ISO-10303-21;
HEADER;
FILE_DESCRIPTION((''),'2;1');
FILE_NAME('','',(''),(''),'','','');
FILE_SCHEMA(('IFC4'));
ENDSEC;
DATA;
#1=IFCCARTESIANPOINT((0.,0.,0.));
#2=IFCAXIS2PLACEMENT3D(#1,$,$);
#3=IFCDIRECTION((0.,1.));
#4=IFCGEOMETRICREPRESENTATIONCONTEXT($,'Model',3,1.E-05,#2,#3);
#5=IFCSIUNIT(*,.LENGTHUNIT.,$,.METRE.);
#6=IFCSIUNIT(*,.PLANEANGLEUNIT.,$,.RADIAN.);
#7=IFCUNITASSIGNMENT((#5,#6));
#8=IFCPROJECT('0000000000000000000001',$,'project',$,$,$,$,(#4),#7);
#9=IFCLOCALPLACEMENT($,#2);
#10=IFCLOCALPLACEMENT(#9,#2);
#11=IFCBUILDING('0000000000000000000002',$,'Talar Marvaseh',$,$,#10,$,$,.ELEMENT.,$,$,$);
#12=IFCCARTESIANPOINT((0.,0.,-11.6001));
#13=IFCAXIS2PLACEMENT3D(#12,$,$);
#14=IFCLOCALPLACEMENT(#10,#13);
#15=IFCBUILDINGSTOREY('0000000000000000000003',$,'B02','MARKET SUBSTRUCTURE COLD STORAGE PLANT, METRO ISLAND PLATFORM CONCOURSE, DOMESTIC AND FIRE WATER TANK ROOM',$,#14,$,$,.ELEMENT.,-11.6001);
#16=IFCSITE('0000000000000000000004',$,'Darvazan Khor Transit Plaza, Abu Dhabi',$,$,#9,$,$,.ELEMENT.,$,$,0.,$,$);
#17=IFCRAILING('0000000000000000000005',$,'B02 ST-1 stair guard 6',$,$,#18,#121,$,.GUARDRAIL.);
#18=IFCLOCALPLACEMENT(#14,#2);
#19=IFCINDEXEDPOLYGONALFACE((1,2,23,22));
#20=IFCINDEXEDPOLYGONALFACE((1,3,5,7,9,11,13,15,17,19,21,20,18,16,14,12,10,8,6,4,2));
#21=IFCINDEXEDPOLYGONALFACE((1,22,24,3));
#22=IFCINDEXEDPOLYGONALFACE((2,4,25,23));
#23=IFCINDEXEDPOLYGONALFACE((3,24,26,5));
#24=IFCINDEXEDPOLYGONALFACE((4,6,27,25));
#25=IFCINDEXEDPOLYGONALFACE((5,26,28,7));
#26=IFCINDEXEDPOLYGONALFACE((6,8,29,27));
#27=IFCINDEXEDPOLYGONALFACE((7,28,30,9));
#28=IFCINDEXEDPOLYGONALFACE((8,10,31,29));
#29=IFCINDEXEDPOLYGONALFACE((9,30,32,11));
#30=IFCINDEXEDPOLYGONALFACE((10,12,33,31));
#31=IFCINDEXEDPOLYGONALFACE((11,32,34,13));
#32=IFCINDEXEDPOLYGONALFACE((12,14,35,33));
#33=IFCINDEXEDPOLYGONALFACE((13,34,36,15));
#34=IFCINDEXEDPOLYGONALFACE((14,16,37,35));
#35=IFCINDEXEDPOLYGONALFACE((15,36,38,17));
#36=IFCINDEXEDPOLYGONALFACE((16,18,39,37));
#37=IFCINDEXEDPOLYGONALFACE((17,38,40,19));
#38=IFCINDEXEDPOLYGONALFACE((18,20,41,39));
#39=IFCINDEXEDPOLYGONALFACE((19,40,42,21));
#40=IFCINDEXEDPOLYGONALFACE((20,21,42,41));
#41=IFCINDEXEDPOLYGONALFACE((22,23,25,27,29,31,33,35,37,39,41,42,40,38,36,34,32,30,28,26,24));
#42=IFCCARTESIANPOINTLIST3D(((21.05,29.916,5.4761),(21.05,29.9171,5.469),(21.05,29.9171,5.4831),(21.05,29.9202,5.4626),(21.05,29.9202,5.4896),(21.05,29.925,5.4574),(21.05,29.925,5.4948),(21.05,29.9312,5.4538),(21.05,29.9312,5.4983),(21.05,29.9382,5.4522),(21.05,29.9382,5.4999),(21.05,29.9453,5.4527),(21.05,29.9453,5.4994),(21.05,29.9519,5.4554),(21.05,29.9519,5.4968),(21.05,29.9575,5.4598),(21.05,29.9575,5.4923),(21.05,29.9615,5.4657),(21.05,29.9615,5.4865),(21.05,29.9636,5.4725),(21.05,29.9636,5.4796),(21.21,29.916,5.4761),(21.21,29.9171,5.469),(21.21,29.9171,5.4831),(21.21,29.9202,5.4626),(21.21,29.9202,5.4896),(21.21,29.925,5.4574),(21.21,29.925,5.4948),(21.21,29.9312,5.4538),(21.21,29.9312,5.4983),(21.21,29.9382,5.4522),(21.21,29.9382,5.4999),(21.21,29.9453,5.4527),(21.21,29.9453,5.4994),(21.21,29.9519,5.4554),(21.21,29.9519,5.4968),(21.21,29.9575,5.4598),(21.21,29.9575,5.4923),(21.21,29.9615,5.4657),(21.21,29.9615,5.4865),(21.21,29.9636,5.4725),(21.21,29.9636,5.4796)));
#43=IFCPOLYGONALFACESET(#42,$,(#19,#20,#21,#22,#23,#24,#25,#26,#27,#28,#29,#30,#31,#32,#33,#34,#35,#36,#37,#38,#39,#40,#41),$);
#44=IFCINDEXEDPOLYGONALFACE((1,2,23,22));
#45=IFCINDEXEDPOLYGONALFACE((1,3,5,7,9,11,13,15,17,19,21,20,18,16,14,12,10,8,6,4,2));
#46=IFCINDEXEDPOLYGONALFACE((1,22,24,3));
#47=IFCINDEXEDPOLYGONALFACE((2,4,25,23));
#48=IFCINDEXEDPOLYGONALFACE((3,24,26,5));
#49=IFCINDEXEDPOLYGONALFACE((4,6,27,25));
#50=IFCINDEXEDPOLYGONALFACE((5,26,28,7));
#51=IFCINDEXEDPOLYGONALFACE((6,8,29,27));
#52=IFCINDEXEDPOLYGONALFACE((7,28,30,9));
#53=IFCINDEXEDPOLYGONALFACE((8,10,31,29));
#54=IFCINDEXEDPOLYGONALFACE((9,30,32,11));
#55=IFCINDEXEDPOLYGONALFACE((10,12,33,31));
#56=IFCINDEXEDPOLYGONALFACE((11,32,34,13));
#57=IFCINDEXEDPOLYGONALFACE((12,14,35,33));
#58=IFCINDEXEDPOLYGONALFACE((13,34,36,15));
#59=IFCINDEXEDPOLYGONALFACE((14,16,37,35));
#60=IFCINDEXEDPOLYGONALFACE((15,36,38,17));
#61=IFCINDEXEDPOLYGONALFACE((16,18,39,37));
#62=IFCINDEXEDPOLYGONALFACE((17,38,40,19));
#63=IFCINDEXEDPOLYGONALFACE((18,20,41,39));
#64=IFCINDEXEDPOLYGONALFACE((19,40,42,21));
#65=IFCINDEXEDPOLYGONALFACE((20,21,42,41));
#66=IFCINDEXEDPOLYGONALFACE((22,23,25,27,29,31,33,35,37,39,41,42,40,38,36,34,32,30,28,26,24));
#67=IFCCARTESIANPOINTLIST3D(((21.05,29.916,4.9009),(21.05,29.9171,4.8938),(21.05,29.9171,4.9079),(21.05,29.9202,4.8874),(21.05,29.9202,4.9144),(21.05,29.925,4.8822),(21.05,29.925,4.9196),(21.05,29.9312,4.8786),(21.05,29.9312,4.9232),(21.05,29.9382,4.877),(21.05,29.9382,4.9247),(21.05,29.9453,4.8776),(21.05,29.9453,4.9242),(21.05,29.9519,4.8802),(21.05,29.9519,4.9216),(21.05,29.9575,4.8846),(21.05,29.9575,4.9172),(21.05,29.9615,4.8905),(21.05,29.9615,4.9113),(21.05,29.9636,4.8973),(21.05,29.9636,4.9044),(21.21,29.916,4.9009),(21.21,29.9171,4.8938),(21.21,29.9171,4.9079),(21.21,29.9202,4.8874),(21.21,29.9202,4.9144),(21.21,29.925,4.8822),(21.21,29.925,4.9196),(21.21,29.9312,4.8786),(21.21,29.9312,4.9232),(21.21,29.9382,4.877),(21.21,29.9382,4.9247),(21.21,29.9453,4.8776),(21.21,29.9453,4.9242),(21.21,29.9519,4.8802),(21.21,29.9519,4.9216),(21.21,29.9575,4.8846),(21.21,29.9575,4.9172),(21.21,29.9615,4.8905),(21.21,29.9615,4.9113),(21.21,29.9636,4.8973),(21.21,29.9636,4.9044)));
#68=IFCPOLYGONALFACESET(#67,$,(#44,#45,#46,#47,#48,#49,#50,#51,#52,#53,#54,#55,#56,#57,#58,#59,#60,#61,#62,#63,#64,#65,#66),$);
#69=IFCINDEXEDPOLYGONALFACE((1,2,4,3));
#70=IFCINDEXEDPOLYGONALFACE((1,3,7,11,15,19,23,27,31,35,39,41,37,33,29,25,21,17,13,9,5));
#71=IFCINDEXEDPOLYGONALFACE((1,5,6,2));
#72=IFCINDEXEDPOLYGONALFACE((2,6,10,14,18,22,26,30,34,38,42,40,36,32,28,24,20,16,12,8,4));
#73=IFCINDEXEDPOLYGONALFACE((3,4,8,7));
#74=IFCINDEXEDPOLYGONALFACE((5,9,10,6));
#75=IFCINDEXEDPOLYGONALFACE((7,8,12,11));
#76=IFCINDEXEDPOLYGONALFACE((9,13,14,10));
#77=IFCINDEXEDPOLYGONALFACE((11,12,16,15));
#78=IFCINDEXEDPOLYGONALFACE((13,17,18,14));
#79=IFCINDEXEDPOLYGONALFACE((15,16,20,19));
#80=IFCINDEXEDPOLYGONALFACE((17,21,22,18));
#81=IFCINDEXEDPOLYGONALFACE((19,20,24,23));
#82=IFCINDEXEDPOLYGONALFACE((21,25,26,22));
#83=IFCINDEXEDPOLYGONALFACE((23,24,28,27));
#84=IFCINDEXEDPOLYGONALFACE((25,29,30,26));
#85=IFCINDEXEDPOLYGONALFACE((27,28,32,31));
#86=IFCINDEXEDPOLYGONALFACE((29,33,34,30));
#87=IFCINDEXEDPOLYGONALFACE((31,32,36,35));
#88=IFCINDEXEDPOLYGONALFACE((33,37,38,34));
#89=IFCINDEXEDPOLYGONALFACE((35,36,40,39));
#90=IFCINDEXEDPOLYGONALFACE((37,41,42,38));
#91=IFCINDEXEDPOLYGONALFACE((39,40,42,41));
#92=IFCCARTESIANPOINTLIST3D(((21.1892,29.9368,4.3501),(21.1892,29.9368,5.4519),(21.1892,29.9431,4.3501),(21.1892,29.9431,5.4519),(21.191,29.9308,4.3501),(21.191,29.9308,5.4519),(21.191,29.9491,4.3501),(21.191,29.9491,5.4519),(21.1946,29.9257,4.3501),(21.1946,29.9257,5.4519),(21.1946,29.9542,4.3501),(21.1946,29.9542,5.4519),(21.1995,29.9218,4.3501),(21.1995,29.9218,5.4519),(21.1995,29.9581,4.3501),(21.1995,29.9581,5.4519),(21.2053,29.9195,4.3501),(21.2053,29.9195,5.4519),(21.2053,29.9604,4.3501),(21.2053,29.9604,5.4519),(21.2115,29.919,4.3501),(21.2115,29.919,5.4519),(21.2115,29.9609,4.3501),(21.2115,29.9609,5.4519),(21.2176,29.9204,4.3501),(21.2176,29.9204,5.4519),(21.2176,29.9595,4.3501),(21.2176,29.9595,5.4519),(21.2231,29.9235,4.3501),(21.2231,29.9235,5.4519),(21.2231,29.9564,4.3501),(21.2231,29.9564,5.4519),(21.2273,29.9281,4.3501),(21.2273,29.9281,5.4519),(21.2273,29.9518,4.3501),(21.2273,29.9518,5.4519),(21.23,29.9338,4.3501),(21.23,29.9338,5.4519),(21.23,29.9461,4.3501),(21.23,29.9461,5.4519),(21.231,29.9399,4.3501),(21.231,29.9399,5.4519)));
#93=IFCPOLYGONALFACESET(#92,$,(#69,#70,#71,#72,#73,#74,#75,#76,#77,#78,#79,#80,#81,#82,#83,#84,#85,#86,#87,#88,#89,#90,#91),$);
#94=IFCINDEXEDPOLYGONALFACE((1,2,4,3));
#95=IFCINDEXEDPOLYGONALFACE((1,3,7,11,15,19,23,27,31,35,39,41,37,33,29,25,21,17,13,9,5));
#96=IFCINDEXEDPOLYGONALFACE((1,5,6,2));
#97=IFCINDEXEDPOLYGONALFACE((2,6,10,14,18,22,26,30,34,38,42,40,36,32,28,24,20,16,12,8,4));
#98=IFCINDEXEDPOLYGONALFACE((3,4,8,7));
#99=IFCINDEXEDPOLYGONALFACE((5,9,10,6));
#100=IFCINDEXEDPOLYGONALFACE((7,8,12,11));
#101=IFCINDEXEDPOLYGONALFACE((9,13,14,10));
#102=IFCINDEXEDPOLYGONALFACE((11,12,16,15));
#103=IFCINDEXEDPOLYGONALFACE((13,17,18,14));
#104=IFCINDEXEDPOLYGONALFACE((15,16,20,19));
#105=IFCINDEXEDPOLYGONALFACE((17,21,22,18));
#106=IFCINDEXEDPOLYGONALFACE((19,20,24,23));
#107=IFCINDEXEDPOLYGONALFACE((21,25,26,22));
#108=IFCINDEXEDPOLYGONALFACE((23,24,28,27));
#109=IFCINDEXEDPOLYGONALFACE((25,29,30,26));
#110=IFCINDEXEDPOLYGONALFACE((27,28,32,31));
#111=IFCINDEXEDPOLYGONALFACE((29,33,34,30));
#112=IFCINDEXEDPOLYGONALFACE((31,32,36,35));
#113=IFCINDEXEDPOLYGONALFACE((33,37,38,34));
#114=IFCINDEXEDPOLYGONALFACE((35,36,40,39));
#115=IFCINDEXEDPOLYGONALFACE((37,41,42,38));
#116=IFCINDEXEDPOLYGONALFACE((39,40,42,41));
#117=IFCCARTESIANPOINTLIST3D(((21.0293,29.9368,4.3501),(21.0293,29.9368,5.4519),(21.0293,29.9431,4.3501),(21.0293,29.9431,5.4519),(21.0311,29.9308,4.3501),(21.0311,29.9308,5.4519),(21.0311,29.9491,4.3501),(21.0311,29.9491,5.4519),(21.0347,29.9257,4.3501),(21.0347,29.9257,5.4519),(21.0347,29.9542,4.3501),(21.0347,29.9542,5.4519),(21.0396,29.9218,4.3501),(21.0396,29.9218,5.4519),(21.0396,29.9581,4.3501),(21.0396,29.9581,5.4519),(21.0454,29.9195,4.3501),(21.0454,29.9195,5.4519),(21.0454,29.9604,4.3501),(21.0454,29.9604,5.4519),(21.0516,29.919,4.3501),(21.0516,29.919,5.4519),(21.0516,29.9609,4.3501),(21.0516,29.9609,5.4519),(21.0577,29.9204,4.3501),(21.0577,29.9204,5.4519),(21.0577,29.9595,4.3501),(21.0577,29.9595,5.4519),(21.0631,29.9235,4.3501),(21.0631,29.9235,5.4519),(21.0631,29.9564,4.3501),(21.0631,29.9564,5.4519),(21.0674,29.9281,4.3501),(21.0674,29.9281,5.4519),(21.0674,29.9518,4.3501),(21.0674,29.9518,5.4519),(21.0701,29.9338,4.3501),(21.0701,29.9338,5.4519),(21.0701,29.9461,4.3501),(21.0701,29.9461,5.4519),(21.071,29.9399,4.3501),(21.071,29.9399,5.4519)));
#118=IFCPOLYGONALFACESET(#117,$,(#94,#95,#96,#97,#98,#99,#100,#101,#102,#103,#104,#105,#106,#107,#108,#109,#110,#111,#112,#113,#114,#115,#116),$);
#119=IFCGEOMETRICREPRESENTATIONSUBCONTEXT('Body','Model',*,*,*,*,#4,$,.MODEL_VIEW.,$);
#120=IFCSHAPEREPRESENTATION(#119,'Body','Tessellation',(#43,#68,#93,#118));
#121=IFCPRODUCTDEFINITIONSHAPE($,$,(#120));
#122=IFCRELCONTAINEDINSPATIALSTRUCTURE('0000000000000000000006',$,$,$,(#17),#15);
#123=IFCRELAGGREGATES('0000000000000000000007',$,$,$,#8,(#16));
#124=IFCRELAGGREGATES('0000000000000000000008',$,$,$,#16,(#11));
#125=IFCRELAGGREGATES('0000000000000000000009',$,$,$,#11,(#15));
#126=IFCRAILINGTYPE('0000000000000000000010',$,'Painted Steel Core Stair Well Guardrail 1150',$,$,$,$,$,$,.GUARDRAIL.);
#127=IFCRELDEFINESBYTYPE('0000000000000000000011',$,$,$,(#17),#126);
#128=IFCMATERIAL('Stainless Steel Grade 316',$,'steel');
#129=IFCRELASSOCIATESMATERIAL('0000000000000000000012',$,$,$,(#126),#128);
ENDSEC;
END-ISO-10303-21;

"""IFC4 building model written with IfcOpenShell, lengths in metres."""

from ifc_helpers import new_model, si_unit, direction, frame, origin, origin_2d, place, context, subcontext, project, spatial, circle, extrude, material, type_object, element, save


model = new_model("IFC4")

# Units and contexts
model_context = context("Model", 3, precision=1e-05, world=origin(), true_north=direction((0.0, 1.0)))
body_context = subcontext(model_context, "Body", "Model", "MODEL_VIEW")
ifc_project = project(units=[si_unit("LENGTHUNIT", "METRE"), si_unit("PLANEANGLEUNIT", "RADIAN")], contexts=[model_context])

# Site, building, storey
site_placement = place(None, origin())
site = spatial("IfcSite", under=ifc_project, at=site_placement, Name="Darvazan Khor Transit Plaza, Abu Dhabi", CompositionType="ELEMENT", RefElevation=0.0)
building_placement = place(site_placement, origin())
building = spatial("IfcBuilding", under=site, at=building_placement, Name="Talar Marvaseh", CompositionType="ELEMENT")
storey_placement = place(building_placement, frame((0.0, 0.0, -11.6001)))
storey = spatial("IfcBuildingStorey", under=building, at=storey_placement, Name="B02", Description="MARKET SUBSTRUCTURE COLD STORAGE PLANT, METRO ISLAND PLATFORM CONCOURSE, DOMESTIC AND FIRE WATER TANK ROOM", CompositionType="ELEMENT", Elevation=-11.6001)

# Railing
ifc_material_1 = material(Name="Stainless Steel Grade 316", Category="steel")
railing_type_1 = type_object("IfcRailingType", Name="Painted Steel Core Stair Well Guardrail 1150", PredefinedType="GUARDRAIL", material=ifc_material_1)
railing_1_placement = place(storey_placement, frame((21.21, 29.9399, 4.3501)))
element("IfcRailing", 1, at=railing_1_placement, inside=storey, type_object=railing_type_1, Name="B02 ST-1 stair guard 6", PredefinedType="GUARDRAIL", context=body_context, shape_type="SweptSolid", body=[
    extrude(circle(Radius=0.0239, at=origin_2d()), frame((0.0, 0.0, 1.126), z_axis=(-1.0, 0.0, 0.0), x_axis=(0.0, -1.0, 0.0)), (0.0, 0.0, 1.0), 0.1599),
    extrude(circle(Radius=0.0239, at=origin_2d()), frame((0.0, 0.0, 0.5508), z_axis=(-1.0, 0.0, 0.0), x_axis=(0.0, -1.0, 0.0)), (0.0, 0.0, 1.0), 0.1599),
    extrude(circle(Radius=0.021, at=origin_2d()), origin(), (0.0, 0.0, 1.0), 1.1018),
    extrude(circle(Radius=0.021, at=origin_2d()), frame((-0.1599, 0.0, 0.0)), (0.0, 0.0, 1.0), 1.1018),
])

save(model, "model.ifc")
